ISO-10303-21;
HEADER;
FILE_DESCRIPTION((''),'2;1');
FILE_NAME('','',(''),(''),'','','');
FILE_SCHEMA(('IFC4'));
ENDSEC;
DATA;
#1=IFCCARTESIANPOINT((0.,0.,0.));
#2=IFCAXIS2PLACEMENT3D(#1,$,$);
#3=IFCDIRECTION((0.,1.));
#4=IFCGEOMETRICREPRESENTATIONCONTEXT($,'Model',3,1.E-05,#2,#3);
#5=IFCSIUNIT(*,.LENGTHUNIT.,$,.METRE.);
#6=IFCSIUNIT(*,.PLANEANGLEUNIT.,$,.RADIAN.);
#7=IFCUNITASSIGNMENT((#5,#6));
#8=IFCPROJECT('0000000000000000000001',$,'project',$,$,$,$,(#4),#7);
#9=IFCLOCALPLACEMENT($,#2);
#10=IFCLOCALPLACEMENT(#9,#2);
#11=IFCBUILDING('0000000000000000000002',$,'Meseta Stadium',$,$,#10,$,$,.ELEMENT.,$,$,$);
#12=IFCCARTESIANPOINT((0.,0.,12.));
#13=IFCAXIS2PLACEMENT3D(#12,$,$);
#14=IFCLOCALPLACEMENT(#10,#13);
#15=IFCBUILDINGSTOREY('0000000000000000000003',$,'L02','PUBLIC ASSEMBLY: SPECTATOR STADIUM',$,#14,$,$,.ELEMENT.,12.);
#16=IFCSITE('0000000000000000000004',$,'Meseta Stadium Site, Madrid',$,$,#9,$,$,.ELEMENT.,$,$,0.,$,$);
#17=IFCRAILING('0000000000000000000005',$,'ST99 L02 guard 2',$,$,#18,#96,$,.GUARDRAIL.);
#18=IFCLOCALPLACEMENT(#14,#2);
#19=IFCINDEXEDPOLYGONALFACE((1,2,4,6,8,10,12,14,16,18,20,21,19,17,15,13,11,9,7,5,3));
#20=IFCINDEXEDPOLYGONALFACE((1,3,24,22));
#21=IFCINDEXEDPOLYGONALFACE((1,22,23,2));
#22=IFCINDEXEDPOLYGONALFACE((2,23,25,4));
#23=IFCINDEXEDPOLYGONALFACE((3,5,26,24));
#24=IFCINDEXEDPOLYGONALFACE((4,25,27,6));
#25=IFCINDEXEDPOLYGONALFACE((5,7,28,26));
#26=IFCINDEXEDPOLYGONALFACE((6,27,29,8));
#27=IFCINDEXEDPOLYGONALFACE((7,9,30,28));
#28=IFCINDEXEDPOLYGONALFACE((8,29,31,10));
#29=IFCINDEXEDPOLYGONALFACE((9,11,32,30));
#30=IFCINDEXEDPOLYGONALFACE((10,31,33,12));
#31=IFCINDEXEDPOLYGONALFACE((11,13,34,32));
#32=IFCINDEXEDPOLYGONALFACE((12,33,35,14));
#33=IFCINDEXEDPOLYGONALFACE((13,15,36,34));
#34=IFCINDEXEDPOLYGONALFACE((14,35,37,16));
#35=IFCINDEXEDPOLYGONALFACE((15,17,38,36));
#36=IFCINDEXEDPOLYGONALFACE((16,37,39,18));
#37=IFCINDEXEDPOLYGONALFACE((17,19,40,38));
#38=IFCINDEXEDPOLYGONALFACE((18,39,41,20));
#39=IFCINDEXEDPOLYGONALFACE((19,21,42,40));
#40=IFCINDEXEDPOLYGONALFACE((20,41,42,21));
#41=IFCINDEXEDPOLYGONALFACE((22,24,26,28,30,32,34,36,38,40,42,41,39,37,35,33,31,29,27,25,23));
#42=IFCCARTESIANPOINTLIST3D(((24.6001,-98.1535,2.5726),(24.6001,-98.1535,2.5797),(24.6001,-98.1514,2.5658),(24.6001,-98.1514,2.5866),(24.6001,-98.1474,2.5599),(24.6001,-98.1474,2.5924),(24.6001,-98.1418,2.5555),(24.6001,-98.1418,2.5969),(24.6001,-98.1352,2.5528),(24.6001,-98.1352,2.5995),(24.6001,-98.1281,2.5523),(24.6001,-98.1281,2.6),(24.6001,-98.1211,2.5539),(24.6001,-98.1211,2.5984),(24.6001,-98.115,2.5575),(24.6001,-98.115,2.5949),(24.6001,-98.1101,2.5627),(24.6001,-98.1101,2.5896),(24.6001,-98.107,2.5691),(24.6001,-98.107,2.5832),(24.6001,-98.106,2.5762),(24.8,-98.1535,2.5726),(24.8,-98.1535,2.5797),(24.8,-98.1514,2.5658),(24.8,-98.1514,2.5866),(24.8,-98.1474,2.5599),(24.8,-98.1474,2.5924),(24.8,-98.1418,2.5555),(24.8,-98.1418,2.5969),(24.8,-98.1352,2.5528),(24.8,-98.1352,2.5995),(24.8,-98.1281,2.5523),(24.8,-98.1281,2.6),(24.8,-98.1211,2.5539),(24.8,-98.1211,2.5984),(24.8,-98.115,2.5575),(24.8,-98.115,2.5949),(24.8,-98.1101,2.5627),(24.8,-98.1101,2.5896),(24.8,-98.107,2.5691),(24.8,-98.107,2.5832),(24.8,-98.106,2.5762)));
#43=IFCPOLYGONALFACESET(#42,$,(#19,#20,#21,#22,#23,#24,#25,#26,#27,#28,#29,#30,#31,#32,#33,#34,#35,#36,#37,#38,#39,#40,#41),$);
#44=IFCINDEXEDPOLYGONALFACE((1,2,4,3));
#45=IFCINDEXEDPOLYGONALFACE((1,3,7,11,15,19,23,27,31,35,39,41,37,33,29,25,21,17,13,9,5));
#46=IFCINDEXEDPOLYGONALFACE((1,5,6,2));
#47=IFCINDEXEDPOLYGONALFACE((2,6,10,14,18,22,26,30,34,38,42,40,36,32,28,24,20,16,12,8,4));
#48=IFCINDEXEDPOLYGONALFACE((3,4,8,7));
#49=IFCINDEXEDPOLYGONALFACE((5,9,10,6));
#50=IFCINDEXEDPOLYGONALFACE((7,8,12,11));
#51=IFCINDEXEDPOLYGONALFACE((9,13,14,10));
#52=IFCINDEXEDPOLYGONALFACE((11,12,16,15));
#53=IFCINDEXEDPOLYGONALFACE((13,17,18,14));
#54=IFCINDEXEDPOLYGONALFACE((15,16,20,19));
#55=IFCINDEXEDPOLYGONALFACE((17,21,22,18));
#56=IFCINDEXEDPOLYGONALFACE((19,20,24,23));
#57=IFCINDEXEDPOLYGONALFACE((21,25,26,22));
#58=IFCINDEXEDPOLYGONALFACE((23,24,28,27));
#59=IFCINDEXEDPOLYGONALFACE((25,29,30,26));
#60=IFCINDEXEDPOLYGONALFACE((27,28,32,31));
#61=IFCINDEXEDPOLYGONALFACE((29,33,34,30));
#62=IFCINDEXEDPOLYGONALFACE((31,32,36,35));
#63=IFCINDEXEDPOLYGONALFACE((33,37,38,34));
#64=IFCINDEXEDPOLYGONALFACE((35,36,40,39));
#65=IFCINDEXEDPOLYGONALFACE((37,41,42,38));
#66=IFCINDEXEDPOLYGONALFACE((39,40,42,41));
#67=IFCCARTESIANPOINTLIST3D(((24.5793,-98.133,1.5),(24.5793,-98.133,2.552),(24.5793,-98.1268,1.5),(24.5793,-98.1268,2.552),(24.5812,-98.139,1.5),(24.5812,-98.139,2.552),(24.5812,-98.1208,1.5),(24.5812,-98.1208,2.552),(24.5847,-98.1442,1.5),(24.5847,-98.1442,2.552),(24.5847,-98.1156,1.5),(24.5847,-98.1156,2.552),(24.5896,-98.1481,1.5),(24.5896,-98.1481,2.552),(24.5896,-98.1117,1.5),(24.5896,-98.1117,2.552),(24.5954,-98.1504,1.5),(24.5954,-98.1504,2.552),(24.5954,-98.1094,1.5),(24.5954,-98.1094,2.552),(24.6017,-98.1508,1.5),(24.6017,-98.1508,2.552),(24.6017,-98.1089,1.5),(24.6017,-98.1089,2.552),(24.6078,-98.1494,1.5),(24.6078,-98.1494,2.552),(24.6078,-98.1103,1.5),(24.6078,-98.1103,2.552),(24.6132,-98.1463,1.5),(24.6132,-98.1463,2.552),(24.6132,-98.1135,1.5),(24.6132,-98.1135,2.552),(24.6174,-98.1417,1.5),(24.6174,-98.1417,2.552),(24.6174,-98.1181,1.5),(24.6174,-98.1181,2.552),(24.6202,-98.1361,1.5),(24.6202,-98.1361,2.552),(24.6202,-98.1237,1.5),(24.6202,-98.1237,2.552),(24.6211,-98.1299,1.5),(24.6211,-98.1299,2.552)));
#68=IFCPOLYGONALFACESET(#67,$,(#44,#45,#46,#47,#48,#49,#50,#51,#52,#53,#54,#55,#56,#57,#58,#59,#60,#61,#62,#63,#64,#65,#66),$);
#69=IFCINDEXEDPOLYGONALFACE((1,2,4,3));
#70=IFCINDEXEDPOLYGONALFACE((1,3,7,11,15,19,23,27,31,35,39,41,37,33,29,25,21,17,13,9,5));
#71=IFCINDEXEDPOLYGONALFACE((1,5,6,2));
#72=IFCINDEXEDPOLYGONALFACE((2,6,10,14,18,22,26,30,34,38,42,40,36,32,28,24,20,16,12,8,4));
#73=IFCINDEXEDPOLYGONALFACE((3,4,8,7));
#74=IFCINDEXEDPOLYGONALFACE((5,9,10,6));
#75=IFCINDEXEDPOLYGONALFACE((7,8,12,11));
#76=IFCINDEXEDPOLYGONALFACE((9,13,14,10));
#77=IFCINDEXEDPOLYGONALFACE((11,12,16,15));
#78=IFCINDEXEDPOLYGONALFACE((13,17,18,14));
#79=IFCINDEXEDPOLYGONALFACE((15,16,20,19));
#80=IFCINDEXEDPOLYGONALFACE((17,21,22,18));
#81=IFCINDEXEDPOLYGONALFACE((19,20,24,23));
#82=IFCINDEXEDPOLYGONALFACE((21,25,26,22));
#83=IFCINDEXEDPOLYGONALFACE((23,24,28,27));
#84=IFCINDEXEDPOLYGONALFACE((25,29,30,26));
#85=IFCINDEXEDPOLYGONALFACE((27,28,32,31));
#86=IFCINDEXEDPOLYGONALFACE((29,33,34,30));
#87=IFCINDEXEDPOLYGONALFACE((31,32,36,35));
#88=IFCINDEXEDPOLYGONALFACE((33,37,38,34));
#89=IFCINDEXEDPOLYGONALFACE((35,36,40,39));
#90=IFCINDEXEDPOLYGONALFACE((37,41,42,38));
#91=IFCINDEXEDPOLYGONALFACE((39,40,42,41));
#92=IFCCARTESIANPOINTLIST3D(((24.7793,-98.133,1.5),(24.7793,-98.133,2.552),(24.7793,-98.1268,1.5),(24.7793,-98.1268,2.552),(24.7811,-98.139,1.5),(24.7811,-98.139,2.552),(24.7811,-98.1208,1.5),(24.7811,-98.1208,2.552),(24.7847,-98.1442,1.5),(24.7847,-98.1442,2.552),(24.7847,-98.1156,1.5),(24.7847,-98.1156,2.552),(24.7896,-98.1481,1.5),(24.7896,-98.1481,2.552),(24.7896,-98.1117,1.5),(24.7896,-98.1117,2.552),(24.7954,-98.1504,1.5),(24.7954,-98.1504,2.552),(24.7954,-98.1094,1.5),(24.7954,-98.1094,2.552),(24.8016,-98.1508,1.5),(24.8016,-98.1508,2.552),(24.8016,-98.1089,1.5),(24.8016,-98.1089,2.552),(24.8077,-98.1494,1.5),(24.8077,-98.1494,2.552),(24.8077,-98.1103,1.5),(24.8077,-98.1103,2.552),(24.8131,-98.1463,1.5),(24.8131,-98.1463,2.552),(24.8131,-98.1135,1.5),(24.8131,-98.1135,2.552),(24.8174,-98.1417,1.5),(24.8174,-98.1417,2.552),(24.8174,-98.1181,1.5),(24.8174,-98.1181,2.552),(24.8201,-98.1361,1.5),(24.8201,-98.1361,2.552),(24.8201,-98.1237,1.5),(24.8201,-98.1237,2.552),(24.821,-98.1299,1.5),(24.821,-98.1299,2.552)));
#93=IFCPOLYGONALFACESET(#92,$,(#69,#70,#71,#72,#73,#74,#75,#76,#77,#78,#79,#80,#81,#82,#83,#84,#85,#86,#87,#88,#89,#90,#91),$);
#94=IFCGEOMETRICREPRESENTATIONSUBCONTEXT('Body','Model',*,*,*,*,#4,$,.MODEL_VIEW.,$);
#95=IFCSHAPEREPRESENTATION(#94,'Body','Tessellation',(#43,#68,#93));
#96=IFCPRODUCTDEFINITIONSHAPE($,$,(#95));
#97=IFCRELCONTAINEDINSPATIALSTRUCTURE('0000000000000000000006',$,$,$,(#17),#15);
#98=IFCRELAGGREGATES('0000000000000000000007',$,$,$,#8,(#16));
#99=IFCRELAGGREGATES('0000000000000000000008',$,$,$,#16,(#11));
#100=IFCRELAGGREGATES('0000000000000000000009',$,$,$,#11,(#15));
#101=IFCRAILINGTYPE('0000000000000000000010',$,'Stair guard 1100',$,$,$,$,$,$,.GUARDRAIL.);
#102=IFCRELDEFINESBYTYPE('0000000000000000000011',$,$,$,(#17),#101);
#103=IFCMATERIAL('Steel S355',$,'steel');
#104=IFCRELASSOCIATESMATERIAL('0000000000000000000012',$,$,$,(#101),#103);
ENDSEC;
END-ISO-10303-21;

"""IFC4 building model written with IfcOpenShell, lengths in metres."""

from ifc_helpers import new_model, si_unit, direction, frame, origin, origin_2d, place, context, subcontext, project, spatial, circle, extrude, material, type_object, element, save


model = new_model("IFC4")

# Units and contexts
model_context = context("Model", 3, precision=1e-05, world=origin(), true_north=direction((0.0, 1.0)))
body_context = subcontext(model_context, "Body", "Model", "MODEL_VIEW")
ifc_project = project(units=[si_unit("LENGTHUNIT", "METRE"), si_unit("PLANEANGLEUNIT", "RADIAN")], contexts=[model_context])

# Site, building, storey
site_placement = place(None, origin())
site = spatial("IfcSite", under=ifc_project, at=site_placement, Name="Meseta Stadium Site, Madrid", CompositionType="ELEMENT", RefElevation=0.0)
building_placement = place(site_placement, origin())
building = spatial("IfcBuilding", under=site, at=building_placement, Name="Meseta Stadium", CompositionType="ELEMENT")
storey_placement = place(building_placement, frame((0.0, 0.0, 12.0)))
storey = spatial("IfcBuildingStorey", under=building, at=storey_placement, Name="L02", Description="PUBLIC ASSEMBLY: SPECTATOR STADIUM", CompositionType="ELEMENT", Elevation=12.0)

# Railing
ifc_material_1 = material(Name="Steel S355", Category="steel")
railing_type_1 = type_object("IfcRailingType", Name="Stair guard 1100", PredefinedType="GUARDRAIL", material=ifc_material_1)
railing_1_placement = place(storey_placement, frame((24.6001, -98.1299, 1.5)))
element("IfcRailing", 1, at=railing_1_placement, inside=storey, type_object=railing_type_1, Name="ST99 L02 guard 2", PredefinedType="GUARDRAIL", context=body_context, shape_type="SweptSolid", body=[
    extrude(circle(Radius=0.0239, at=origin_2d()), frame((0.0, 0.0, 1.0762), z_axis=(1.0, 0.0, 0.0), x_axis=(0.0, 1.0, 0.0)), (0.0, 0.0, 1.0), 0.2),
    extrude(circle(Radius=0.021, at=origin_2d()), origin(), (0.0, 0.0, 1.0), 1.052),
    extrude(circle(Radius=0.021, at=origin_2d()), frame((0.2, 0.0, 0.0)), (0.0, 0.0, 1.0), 1.052),
])

save(model, "model.ifc")
